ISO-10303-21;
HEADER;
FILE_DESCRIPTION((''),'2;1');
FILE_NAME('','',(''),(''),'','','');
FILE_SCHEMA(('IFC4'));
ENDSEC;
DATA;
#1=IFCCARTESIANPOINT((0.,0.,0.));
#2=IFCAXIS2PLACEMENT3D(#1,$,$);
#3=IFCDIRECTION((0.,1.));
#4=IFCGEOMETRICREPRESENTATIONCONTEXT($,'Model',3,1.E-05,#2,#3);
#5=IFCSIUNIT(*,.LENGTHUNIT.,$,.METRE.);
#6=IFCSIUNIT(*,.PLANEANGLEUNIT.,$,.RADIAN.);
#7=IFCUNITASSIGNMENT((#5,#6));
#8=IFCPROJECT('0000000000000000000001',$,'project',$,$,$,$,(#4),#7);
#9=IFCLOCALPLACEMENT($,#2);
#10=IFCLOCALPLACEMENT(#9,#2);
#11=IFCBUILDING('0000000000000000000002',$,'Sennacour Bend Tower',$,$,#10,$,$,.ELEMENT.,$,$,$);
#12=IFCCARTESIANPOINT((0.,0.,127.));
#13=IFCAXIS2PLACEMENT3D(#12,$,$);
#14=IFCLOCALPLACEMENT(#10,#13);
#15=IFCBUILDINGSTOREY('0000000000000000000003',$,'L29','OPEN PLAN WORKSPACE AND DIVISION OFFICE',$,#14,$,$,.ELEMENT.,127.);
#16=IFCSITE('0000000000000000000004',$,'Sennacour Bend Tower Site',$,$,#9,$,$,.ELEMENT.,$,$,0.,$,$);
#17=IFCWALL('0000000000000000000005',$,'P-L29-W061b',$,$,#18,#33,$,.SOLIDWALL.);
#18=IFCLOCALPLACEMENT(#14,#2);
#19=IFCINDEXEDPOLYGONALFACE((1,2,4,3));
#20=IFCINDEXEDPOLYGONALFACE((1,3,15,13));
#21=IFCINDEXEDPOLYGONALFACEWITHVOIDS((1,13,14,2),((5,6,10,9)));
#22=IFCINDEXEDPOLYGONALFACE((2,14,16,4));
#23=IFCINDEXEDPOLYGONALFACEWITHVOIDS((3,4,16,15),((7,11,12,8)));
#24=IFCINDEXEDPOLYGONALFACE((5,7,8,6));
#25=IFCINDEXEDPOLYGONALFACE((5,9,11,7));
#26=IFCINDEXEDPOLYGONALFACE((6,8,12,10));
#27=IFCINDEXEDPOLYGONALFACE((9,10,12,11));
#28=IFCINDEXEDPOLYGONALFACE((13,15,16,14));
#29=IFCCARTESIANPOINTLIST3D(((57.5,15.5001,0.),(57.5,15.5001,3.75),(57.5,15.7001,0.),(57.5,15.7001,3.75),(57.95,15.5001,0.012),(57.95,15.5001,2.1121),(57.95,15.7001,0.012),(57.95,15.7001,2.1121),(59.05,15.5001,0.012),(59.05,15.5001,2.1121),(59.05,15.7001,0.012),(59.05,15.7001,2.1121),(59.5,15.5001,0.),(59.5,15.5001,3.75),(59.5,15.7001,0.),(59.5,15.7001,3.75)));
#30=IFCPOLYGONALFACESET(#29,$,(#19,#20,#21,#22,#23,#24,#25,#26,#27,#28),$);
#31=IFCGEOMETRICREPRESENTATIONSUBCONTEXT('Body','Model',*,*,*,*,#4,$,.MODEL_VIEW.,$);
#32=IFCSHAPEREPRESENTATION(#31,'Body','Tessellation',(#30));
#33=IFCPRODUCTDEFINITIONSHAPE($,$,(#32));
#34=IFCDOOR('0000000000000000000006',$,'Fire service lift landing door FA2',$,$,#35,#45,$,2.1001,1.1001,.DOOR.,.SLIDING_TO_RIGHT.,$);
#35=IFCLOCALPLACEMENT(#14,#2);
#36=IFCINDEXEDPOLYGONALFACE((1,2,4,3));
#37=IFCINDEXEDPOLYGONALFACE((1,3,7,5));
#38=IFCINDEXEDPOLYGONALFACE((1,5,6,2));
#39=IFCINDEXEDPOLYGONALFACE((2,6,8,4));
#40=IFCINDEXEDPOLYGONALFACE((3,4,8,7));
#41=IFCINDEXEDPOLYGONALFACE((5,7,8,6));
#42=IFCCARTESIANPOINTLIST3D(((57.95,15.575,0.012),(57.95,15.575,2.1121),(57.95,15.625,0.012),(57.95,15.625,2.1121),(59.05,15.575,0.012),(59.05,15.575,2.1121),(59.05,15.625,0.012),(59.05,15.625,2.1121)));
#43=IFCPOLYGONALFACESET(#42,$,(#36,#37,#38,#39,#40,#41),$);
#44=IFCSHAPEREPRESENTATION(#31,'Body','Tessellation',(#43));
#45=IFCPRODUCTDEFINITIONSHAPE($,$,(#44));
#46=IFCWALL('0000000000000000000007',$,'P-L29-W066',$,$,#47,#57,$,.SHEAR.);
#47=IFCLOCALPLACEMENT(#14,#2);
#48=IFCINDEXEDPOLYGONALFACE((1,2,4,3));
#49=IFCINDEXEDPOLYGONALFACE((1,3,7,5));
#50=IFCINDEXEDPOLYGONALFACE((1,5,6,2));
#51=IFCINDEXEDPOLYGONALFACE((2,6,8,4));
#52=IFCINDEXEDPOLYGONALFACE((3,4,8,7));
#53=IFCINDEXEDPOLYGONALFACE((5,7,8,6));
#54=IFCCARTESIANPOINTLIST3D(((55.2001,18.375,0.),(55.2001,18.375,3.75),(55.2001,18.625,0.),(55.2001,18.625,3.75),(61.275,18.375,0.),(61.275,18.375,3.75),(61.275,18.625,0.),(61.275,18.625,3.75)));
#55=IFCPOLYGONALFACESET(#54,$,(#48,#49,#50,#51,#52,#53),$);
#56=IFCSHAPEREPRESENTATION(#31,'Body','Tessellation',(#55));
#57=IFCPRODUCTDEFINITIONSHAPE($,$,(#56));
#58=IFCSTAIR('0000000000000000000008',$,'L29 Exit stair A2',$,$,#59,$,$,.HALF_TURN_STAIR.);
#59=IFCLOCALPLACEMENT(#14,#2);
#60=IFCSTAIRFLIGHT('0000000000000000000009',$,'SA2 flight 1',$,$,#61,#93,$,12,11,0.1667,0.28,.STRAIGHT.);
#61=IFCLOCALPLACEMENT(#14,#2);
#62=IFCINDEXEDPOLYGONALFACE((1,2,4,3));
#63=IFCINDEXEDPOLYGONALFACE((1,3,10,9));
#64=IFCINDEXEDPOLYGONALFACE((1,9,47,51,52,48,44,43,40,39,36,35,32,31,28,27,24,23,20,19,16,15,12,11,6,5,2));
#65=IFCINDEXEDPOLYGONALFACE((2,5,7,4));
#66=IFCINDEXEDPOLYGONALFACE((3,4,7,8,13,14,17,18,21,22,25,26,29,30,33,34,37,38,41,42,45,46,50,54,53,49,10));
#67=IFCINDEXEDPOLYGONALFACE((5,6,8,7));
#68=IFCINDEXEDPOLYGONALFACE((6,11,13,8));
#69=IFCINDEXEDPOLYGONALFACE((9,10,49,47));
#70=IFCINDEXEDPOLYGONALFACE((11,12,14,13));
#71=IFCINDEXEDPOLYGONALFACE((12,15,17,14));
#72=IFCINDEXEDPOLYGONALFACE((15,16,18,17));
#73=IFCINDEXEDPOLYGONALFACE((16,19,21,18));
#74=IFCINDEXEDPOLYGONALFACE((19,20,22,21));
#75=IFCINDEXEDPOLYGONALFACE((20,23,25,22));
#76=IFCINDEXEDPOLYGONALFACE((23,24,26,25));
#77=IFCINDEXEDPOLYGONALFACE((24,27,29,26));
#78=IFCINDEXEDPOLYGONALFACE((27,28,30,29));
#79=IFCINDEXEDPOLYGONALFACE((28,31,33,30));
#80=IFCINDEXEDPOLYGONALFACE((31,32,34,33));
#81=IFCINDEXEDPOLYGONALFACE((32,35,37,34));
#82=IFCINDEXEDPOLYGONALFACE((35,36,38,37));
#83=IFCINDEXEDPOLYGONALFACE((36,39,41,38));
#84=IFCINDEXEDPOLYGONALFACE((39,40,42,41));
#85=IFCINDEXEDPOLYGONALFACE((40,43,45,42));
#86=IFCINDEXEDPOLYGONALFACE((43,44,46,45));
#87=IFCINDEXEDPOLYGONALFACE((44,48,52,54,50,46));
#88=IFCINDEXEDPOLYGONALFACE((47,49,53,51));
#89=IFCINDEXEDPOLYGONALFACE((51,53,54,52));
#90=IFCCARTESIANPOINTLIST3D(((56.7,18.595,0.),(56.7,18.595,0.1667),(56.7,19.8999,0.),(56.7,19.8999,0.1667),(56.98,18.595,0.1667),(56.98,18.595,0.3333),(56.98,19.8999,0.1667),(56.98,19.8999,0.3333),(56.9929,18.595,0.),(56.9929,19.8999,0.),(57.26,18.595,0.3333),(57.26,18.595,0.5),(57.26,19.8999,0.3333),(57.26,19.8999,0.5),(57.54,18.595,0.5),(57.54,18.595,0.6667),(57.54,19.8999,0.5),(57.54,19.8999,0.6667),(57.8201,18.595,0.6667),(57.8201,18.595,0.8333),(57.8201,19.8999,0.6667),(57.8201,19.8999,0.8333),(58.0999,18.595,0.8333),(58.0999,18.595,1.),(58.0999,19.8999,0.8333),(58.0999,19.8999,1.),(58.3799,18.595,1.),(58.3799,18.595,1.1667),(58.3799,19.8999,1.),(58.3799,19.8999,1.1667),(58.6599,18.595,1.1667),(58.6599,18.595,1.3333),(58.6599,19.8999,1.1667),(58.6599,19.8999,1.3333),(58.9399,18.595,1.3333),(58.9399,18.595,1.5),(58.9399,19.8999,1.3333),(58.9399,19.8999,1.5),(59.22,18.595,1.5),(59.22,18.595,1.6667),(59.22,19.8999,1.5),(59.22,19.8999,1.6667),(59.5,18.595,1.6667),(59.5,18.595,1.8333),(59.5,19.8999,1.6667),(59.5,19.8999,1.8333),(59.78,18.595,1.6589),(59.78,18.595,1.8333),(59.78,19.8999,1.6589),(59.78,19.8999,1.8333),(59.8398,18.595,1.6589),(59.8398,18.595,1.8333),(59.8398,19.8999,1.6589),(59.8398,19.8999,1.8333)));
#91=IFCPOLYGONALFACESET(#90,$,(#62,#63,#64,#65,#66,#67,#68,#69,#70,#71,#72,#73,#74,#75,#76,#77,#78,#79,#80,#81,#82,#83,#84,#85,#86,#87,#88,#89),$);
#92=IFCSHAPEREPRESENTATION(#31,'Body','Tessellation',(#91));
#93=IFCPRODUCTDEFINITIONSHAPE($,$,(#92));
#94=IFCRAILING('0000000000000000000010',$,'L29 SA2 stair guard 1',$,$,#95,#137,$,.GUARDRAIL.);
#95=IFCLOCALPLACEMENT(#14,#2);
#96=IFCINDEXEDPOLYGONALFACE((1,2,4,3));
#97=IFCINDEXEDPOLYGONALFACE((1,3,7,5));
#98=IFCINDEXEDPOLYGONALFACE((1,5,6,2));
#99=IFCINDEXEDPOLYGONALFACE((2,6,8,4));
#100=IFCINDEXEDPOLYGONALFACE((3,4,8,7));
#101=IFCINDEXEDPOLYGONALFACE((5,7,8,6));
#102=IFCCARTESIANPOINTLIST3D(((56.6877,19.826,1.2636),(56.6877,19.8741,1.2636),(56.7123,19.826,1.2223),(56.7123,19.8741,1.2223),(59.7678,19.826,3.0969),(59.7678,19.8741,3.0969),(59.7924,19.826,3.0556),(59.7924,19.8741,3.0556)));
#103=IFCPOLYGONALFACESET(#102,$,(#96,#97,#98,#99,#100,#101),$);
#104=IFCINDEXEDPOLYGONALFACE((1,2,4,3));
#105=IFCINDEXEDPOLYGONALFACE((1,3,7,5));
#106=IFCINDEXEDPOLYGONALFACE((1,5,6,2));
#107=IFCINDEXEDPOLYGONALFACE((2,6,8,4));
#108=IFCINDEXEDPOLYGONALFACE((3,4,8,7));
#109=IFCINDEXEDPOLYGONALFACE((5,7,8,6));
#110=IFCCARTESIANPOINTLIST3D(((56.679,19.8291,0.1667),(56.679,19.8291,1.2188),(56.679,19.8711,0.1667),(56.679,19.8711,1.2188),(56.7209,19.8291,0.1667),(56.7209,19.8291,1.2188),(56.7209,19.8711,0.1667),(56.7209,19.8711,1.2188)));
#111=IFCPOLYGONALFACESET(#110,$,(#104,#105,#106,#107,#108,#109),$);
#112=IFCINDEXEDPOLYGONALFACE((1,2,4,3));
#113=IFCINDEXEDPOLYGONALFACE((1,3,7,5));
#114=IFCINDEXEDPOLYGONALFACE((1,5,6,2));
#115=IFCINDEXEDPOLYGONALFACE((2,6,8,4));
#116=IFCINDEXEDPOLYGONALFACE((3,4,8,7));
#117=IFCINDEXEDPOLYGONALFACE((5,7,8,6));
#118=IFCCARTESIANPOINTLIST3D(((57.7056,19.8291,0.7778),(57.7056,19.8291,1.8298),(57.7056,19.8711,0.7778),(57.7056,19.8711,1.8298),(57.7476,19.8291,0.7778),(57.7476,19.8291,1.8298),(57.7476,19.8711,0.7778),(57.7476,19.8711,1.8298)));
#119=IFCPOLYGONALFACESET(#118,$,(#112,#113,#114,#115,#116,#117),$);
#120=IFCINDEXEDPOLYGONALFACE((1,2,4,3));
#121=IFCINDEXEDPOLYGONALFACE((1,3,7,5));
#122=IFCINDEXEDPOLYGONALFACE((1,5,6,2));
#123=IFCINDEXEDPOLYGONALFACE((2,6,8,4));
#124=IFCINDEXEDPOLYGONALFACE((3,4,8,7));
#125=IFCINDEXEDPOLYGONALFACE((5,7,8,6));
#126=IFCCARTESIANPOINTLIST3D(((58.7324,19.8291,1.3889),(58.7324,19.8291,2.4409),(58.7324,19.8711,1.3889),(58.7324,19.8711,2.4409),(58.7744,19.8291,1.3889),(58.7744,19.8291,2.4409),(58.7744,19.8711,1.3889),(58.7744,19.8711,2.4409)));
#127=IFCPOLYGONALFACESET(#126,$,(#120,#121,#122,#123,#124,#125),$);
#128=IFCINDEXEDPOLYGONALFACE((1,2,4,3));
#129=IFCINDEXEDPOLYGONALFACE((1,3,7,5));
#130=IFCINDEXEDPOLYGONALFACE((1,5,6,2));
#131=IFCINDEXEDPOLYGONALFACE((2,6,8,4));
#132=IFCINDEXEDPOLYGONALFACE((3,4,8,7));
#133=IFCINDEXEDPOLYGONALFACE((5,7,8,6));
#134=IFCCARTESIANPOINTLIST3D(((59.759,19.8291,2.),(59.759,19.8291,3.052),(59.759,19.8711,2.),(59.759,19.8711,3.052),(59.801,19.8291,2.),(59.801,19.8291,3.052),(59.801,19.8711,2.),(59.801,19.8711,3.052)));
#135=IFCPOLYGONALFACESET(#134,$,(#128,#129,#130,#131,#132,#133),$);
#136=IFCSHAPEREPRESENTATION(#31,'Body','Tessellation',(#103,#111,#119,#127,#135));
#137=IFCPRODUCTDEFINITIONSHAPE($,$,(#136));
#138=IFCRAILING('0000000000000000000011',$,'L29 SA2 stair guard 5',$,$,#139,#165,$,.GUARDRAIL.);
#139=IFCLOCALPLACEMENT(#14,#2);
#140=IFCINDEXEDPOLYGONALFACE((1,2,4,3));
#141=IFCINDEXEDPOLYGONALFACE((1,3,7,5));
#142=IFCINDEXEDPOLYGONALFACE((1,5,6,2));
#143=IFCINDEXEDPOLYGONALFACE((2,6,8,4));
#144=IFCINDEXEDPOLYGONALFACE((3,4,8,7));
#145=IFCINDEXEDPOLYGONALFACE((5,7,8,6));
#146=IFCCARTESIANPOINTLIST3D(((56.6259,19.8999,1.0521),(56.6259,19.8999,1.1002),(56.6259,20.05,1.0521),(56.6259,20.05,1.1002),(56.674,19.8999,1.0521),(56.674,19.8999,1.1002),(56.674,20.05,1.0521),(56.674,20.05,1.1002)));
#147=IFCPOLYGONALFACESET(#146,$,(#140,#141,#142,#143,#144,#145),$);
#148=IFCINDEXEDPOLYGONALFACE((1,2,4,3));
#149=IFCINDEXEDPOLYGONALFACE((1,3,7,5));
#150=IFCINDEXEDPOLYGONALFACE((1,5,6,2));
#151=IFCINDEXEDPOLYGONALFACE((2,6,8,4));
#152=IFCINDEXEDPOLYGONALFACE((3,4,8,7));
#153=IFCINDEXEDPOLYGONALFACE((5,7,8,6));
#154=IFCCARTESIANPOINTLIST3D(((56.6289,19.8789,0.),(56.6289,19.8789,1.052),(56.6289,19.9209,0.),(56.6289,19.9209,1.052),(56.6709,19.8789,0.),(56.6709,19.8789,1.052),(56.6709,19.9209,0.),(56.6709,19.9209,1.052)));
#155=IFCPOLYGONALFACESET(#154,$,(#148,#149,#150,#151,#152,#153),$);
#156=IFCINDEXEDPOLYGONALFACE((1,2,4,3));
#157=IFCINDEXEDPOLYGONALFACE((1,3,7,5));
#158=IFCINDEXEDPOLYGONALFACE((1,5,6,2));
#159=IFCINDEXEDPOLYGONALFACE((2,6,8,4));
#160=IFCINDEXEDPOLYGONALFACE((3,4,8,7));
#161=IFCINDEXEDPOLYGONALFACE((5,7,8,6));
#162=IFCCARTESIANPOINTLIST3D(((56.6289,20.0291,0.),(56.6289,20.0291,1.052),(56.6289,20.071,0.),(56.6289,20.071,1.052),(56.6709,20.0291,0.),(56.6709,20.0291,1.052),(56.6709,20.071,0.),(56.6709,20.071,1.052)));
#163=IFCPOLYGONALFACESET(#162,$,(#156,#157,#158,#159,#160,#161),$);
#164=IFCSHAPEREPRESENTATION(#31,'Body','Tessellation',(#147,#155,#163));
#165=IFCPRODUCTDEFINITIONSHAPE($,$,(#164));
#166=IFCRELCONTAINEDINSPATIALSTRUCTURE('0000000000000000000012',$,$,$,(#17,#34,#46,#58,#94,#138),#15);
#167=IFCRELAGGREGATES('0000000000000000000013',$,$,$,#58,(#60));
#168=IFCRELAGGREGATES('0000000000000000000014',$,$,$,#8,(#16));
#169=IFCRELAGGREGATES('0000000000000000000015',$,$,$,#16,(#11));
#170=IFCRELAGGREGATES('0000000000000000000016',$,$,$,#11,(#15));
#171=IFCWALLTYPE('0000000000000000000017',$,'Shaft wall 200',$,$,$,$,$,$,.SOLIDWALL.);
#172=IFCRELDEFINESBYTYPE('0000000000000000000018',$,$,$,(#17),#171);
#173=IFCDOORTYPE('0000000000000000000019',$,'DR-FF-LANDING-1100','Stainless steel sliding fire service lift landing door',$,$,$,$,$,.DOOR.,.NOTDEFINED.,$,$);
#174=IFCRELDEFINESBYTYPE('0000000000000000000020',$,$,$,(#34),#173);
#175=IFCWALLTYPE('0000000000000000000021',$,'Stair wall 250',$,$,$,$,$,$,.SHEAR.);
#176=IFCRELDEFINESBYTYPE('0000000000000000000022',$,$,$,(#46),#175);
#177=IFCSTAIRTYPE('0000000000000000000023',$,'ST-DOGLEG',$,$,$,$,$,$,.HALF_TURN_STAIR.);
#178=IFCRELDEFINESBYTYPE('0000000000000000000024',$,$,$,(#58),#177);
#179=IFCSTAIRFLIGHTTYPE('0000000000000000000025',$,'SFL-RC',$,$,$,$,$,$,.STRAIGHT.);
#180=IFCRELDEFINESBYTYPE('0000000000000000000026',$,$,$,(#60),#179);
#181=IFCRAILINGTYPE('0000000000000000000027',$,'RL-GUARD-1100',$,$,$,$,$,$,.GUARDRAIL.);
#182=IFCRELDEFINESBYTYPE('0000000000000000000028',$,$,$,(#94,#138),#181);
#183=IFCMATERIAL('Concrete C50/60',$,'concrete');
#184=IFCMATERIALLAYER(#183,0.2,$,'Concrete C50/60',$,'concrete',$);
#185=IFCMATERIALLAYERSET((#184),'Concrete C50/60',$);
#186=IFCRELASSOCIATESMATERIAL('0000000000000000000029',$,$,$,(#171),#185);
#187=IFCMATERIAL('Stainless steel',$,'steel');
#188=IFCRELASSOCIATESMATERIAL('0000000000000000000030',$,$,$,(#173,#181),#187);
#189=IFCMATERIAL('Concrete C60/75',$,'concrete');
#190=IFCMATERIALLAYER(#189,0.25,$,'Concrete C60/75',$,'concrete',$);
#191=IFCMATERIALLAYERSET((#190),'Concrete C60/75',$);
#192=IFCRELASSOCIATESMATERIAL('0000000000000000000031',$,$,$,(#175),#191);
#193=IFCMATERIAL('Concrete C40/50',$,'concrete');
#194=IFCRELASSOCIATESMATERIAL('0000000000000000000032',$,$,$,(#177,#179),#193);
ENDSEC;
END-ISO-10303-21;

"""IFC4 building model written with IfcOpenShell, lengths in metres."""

from ifc_helpers import new_model, si_unit, direction, frame, frame_2d, origin, origin_2d, place, context, subcontext, project, spatial, polyline, rectangle, outline, extrude, material, layer, layer_set, type_object, element, fill, aggregate, save


model = new_model("IFC4")

# Units and contexts
model_context = context("Model", 3, precision=1e-05, world=origin(), true_north=direction((0.0, 1.0)))
body_context = subcontext(model_context, "Body", "Model", "MODEL_VIEW")
ifc_project = project(units=[si_unit("LENGTHUNIT", "METRE"), si_unit("PLANEANGLEUNIT", "RADIAN")], contexts=[model_context])

# Site, building, storey
site_placement = place(None, origin())
site = spatial("IfcSite", under=ifc_project, at=site_placement, Name="Sennacour Bend Tower Site", CompositionType="ELEMENT", RefElevation=0.0)
building_placement = place(site_placement, origin())
building = spatial("IfcBuilding", under=site, at=building_placement, Name="Sennacour Bend Tower", CompositionType="ELEMENT")
storey_placement = place(building_placement, frame((0.0, 0.0, 127.0)))
storey = spatial("IfcBuildingStorey", under=building, at=storey_placement, Name="L29", Description="OPEN PLAN WORKSPACE AND DIVISION OFFICE", CompositionType="ELEMENT", Elevation=127.0)

# Shared definitions
ifc_material_1 = material(Name="Concrete C50/60", Category="concrete")
ifc_layer_1 = layer(ifc_material_1, 0.2, Name="Concrete C50/60", Category="concrete")
ifc_layer_set_1 = layer_set([ifc_layer_1], Name="Concrete C50/60")
wall_type_1 = type_object("IfcWallType", Name="Shaft wall 200", PredefinedType="SOLIDWALL", material=ifc_layer_set_1)

# Wall, opening, door
ifc_material_2 = material(Name="Stainless steel", Category="steel")
door_type_1 = type_object("IfcDoorType", Name="DR-FF-LANDING-1100", Description="Stainless steel sliding fire service lift landing door", OperationType="NOTDEFINED", PredefinedType="DOOR", material=ifc_material_2)
wall_1_placement = place(storey_placement, frame((57.5, 15.6001, 0.0), z_axis=(0.0, 0.0, 1.0), x_axis=(1.0, 0.0, 0.0)))
wall_1 = element("IfcWall", 1, at=wall_1_placement, inside=storey, type_object=wall_type_1, Name="P-L29-W061b", PredefinedType="SOLIDWALL", context=body_context, shape_type="SweptSolid", body=[
    extrude(rectangle(XDim=2.0, YDim=0.2, at=frame_2d((1.0, 0.0))), origin(), (0.0, 0.0, 1.0), 3.75),
])
opening_1_placement = place(wall_1_placement, frame((0.45, 0.0, 0.012)))
opening_1 = element("IfcOpeningElement", 2, at=opening_1_placement, cuts=wall_1, PredefinedType="OPENING", context=body_context, shape_type="SweptSolid", body=[
    extrude(rectangle(XDim=1.1001, YDim=2.1001, at=frame_2d((0.55, 1.05))), frame((0.0, 0.1099, 0.0), z_axis=(0.0, -1.0, 0.0), x_axis=(1.0, 0.0, 0.0)), (0.0, 0.0, 1.0), 0.22),
])
door_1_placement = place(opening_1_placement, origin())
door_1 = element("IfcDoor", 3, at=door_1_placement, inside=storey, type_object=door_type_1, Name="Fire service lift landing door FA2", OperationType="SLIDING_TO_RIGHT", OverallHeight=2.1001, OverallWidth=1.1001, PredefinedType="DOOR", context=body_context, shape_type="SweptSolid", body=[
    extrude(rectangle(XDim=1.1001, YDim=2.1001, at=frame_2d((0.55, 1.05))), frame((0.0, 0.0249, 0.0), z_axis=(0.0, -1.0, 0.0), x_axis=(1.0, 0.0, 0.0)), (0.0, 0.0, 1.0), 0.05),
])
fill(opening_1, door_1)

# Wall
ifc_material_3 = material(Name="Concrete C60/75", Category="concrete")
ifc_layer_2 = layer(ifc_material_3, 0.25, Name="Concrete C60/75", Category="concrete")
ifc_layer_set_2 = layer_set([ifc_layer_2], Name="Concrete C60/75")
wall_type_2 = type_object("IfcWallType", Name="Stair wall 250", PredefinedType="SHEAR", material=ifc_layer_set_2)
wall_2_placement = place(storey_placement, frame((55.2, 18.5, 0.0), z_axis=(0.0, 0.0, 1.0), x_axis=(1.0, 0.0, 0.0)))
element("IfcWall", 4, at=wall_2_placement, inside=storey, type_object=wall_type_2, Name="P-L29-W066", PredefinedType="SHEAR", context=body_context, shape_type="SweptSolid", body=[
    extrude(rectangle(XDim=6.075, YDim=0.25, at=frame_2d((3.0376, 0.0))), origin(), (0.0, 0.0, 1.0), 3.75),
])

# Stair, stair flight
ifc_material_4 = material(Name="Concrete C40/50", Category="concrete")
stair_type = type_object("IfcStairType", Name="ST-DOGLEG", PredefinedType="HALF_TURN_STAIR", material=ifc_material_4)
stair_placement = place(storey_placement, origin())
stair = element("IfcStair", 5, at=stair_placement, inside=storey, type_object=stair_type, Name="L29 Exit stair A2", PredefinedType="HALF_TURN_STAIR")
stair_flight_type = type_object("IfcStairFlightType", Name="SFL-RC", PredefinedType="STRAIGHT", material=ifc_material_4)
stair_flight_placement = place(storey_placement, frame((56.7, 19.2476, 0.0), z_axis=(0.0, 0.0, 1.0), x_axis=(1.0, 0.0, 0.0)))
stair_flight = element("IfcStairFlight", 6, at=stair_flight_placement, type_object=stair_flight_type, Name="SA2 flight 1", NumberOfRisers=12, NumberOfTreads=11, PredefinedType="STRAIGHT", RiserHeight=0.1667, TreadLength=0.28, context=body_context, shape_type="SweptSolid", body=[
    extrude(outline(polyline([(0.0, 0.0), (0.0, 0.1667), (0.28, 0.1667), (0.28, 0.3333), (0.5601, 0.3333), (0.5601, 0.5), (0.8401, 0.5), (0.8401, 0.6667), (1.1201, 0.6667), (1.1201, 0.8333), (1.3999, 0.8333), (1.3999, 1.0), (1.6799, 1.0), (1.6799, 1.1667), (1.96, 1.1667), (1.96, 1.3333), (2.24, 1.3333), (2.24, 1.5), (2.52, 1.5), (2.52, 1.6667), (2.8, 1.6667), (2.8, 1.8333), (3.0801, 1.8333), (3.1399, 1.8333), (3.1399, 1.6589), (3.0801, 1.6589), (0.293, 0.0), (0.0, 0.0)])), frame((0.0, 0.6523, 0.0), z_axis=(0.0, -1.0, 0.0), x_axis=(1.0, 0.0, 0.0)), (0.0, 0.0, 1.0), 1.3049),
])
aggregate(stair, [stair_flight])

# Railings
railing_type_1 = type_object("IfcRailingType", Name="RL-GUARD-1100", PredefinedType="GUARDRAIL", material=ifc_material_2)
railing_1_placement = place(storey_placement, frame((56.7, 19.8501, 0.1667)))
element("IfcRailing", 7, at=railing_1_placement, inside=storey, type_object=railing_type_1, Name="L29 SA2 stair guard 1", PredefinedType="GUARDRAIL", context=body_context, shape_type="SweptSolid", body=[
    extrude(rectangle(XDim=0.0481, YDim=0.0481, at=origin_2d()), frame((0.0, 0.0, 1.0762), z_axis=(0.859309, 0.0, 0.511458), x_axis=(0.0, 1.0, 0.0)), (0.0, 0.0, 1.0), 3.5845),
    extrude(rectangle(XDim=0.042, YDim=0.042, at=origin_2d()), origin(), (0.0, 0.0, 1.0), 1.052),
    extrude(rectangle(XDim=0.042, YDim=0.042, at=origin_2d()), frame((1.0266, 0.0, 0.6111)), (0.0, 0.0, 1.0), 1.052),
    extrude(rectangle(XDim=0.042, YDim=0.042, at=origin_2d()), frame((2.0535, 0.0, 1.2222)), (0.0, 0.0, 1.0), 1.052),
    extrude(rectangle(XDim=0.042, YDim=0.042, at=origin_2d()), frame((3.0801, 0.0, 1.8333)), (0.0, 0.0, 1.0), 1.052),
])
railing_2_placement = place(storey_placement, frame((56.6499, 19.8999, 0.0)))
element("IfcRailing", 8, at=railing_2_placement, inside=storey, type_object=railing_type_1, Name="L29 SA2 stair guard 5", PredefinedType="GUARDRAIL", context=body_context, shape_type="SweptSolid", body=[
    extrude(rectangle(XDim=0.0481, YDim=0.0481, at=origin_2d()), frame((0.0, 0.0, 1.0762), z_axis=(0.0, 1.0, 0.0), x_axis=(-1.0, 0.0, 0.0)), (0.0, 0.0, 1.0), 0.1501),
    extrude(rectangle(XDim=0.042, YDim=0.042, at=origin_2d()), origin(), (0.0, 0.0, 1.0), 1.052),
    extrude(rectangle(XDim=0.042, YDim=0.042, at=origin_2d()), frame((0.0, 0.1501, 0.0)), (0.0, 0.0, 1.0), 1.052),
])

save(model, "model.ifc")
